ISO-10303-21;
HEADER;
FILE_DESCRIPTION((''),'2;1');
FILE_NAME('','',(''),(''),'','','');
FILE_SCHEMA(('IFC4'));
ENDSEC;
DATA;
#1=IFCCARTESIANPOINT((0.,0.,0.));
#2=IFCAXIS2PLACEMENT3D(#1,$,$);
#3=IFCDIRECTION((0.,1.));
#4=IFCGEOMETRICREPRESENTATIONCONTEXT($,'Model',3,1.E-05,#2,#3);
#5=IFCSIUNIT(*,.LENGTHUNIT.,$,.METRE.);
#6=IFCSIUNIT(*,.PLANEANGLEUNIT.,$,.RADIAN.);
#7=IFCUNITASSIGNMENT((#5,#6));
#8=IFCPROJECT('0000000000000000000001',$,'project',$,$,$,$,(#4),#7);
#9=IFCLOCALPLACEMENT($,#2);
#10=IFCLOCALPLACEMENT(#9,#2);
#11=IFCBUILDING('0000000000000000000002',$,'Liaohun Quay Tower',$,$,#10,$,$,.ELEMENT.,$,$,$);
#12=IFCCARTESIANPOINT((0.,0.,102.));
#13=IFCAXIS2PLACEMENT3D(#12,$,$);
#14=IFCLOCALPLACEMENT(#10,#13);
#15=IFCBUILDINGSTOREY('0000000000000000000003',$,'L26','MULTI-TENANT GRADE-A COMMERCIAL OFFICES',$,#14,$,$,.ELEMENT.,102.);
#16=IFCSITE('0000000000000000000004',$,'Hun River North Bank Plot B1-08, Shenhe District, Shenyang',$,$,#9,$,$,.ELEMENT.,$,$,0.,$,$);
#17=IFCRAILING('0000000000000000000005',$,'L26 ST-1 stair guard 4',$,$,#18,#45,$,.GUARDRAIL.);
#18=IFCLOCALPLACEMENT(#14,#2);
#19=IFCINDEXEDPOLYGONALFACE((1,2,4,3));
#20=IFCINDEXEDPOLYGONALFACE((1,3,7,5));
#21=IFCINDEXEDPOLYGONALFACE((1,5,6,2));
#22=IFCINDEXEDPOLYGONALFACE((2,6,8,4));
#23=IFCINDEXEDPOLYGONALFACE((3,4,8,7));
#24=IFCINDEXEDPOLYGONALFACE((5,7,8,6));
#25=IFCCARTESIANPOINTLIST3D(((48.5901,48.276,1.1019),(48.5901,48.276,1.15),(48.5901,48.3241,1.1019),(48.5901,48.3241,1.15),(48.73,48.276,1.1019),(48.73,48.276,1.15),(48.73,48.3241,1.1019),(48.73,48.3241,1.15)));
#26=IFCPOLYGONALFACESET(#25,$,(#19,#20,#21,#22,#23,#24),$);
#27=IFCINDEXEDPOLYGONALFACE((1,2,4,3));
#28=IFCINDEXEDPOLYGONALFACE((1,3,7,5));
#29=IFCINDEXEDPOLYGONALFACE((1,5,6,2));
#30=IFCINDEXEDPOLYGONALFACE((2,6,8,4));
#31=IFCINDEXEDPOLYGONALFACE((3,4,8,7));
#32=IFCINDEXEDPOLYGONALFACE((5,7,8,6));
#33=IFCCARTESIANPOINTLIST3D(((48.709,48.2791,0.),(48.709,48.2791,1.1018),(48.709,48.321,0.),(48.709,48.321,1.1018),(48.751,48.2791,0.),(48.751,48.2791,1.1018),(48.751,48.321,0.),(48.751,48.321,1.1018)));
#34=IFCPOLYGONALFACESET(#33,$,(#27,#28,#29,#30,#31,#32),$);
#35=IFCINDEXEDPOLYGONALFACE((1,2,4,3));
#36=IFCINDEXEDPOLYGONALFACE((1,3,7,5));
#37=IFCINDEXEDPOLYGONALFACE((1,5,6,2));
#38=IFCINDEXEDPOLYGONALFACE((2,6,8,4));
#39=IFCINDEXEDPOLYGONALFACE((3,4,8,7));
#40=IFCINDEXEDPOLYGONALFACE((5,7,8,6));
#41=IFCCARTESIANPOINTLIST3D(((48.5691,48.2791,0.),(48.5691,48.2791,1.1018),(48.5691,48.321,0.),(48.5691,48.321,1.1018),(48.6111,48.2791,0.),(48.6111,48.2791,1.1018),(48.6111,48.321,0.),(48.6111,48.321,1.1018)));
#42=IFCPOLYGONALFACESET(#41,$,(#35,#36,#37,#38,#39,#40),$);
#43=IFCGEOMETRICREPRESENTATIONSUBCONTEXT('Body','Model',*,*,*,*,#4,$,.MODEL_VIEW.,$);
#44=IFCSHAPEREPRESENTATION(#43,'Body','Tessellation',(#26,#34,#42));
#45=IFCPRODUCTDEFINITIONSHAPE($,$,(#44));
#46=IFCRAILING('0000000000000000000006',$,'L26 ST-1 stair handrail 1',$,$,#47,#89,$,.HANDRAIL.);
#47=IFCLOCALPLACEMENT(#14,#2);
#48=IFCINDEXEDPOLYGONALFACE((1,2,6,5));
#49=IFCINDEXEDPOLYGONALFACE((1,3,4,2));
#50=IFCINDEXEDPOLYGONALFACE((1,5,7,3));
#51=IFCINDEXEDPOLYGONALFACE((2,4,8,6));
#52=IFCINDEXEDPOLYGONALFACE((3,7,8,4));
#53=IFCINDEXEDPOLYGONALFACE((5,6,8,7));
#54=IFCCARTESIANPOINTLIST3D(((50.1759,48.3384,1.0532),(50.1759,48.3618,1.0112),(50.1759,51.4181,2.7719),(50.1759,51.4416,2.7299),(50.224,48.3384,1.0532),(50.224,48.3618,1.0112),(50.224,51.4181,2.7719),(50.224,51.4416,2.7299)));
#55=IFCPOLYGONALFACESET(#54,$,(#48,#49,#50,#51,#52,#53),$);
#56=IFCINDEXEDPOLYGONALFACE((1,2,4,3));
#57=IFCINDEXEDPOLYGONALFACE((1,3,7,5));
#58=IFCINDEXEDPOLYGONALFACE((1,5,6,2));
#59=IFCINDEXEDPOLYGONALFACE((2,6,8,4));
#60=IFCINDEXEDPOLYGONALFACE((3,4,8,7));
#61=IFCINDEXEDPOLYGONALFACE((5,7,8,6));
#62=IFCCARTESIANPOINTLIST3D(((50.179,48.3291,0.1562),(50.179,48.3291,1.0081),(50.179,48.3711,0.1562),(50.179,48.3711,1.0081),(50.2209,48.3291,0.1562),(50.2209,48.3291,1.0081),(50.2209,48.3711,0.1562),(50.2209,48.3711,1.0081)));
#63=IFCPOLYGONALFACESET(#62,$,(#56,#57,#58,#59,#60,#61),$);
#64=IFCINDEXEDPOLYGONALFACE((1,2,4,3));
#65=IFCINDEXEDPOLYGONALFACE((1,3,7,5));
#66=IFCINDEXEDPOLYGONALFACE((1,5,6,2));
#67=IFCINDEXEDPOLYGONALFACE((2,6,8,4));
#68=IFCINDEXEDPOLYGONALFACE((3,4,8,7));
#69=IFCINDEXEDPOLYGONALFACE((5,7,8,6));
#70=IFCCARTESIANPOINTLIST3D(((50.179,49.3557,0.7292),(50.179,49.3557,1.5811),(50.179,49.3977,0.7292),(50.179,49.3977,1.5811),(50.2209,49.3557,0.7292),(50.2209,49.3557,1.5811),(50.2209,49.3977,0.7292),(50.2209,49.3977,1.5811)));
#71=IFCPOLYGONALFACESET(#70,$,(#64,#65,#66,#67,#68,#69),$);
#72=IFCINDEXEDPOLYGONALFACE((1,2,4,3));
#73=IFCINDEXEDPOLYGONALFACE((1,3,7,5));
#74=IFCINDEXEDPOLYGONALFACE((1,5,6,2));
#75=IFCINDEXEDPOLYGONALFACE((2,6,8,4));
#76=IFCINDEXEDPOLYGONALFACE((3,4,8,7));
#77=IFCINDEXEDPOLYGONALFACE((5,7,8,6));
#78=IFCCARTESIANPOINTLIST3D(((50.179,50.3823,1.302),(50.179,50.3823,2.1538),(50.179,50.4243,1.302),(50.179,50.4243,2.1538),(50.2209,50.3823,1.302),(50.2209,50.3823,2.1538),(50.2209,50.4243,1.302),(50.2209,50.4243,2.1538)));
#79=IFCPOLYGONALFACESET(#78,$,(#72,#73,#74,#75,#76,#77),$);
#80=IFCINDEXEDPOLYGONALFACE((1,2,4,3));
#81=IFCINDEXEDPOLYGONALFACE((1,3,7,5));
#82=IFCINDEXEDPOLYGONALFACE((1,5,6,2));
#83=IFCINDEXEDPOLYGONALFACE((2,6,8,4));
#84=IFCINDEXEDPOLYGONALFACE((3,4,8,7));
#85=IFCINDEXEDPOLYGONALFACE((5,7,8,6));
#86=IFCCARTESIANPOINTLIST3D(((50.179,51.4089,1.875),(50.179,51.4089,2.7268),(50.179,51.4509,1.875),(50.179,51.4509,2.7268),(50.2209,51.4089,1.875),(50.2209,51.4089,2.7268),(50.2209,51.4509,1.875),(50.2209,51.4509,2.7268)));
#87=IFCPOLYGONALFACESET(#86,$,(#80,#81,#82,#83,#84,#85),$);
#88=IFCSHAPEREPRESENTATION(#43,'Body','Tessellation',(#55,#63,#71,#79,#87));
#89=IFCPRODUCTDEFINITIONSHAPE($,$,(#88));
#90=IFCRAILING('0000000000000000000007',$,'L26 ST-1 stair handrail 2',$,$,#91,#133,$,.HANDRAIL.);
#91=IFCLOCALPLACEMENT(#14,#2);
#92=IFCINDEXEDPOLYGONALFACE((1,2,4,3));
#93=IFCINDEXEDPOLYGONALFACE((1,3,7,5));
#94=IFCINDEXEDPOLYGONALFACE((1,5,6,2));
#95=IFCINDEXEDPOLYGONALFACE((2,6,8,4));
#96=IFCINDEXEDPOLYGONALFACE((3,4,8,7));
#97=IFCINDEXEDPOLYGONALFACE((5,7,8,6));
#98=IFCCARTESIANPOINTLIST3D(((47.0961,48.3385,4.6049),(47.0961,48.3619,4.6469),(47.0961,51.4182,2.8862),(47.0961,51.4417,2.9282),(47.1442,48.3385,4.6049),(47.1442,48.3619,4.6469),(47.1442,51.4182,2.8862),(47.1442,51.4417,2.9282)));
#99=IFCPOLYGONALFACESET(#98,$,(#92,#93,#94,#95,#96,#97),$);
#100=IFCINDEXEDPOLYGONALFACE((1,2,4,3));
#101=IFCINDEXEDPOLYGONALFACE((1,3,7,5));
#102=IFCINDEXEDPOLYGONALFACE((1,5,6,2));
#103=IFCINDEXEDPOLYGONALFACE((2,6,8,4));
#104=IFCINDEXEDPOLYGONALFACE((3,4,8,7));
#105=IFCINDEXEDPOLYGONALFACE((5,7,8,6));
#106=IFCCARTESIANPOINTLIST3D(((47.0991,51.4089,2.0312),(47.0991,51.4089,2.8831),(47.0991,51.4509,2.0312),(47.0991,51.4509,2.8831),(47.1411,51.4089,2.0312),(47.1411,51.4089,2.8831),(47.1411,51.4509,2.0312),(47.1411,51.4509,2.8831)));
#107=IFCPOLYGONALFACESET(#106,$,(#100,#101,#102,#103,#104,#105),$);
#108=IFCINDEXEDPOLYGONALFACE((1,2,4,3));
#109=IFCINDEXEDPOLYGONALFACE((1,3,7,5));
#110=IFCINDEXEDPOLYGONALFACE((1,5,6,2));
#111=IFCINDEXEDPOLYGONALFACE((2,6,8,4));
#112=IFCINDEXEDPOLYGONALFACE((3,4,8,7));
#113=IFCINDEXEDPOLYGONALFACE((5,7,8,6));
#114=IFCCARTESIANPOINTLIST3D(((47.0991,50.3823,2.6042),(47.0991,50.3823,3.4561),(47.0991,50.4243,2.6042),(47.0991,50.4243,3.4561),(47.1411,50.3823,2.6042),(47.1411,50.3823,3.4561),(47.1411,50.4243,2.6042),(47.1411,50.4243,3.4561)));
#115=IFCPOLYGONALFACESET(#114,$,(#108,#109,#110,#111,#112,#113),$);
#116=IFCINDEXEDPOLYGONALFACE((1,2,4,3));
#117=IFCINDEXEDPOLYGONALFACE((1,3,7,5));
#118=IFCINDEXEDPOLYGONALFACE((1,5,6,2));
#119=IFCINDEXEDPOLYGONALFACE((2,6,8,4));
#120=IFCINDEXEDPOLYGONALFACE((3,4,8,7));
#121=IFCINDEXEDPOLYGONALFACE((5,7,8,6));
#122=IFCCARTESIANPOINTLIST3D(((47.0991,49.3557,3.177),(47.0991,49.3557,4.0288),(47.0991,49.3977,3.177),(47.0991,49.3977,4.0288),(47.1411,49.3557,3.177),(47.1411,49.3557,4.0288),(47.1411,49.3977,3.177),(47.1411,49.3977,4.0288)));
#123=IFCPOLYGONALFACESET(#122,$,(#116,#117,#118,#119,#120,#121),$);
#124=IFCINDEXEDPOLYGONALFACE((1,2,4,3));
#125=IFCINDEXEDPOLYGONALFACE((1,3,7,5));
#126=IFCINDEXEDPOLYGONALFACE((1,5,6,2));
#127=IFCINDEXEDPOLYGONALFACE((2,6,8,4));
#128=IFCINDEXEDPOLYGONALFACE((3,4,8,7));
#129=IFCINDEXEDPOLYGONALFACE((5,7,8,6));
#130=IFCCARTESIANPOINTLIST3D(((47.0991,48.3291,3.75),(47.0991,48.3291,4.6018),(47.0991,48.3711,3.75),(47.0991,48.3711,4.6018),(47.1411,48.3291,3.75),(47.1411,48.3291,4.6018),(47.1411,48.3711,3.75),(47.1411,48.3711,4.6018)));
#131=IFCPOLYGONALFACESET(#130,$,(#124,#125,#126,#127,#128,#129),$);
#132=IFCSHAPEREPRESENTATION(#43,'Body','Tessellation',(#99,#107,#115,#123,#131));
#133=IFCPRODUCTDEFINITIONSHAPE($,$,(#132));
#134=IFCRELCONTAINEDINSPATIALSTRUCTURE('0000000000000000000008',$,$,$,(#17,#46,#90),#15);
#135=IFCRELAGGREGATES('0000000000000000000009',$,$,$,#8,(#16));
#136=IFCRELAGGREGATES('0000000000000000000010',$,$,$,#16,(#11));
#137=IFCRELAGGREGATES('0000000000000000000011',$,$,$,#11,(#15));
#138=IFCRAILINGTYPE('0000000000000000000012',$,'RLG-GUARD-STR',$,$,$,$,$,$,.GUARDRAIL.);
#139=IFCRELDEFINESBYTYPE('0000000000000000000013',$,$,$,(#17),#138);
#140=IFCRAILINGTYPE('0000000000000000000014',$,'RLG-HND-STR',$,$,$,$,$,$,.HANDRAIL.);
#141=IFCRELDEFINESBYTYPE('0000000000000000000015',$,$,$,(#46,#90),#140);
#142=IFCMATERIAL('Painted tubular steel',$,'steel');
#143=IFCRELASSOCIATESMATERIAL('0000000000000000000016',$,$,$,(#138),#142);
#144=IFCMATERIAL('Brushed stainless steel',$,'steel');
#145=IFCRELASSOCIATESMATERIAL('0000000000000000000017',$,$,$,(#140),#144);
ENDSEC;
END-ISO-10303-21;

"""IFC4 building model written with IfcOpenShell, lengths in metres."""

from ifc_helpers import new_model, si_unit, direction, frame, origin, origin_2d, place, context, subcontext, project, spatial, rectangle, extrude, material, type_object, element, save


model = new_model("IFC4")

# Units and contexts
model_context = context("Model", 3, precision=1e-05, world=origin(), true_north=direction((0.0, 1.0)))
body_context = subcontext(model_context, "Body", "Model", "MODEL_VIEW")
ifc_project = project(units=[si_unit("LENGTHUNIT", "METRE"), si_unit("PLANEANGLEUNIT", "RADIAN")], contexts=[model_context])

# Site, building, storey
site_placement = place(None, origin())
site = spatial("IfcSite", under=ifc_project, at=site_placement, Name="Hun River North Bank Plot B1-08, Shenhe District, Shenyang", CompositionType="ELEMENT", RefElevation=0.0)
building_placement = place(site_placement, origin())
building = spatial("IfcBuilding", under=site, at=building_placement, Name="Liaohun Quay Tower", CompositionType="ELEMENT")
storey_placement = place(building_placement, frame((0.0, 0.0, 102.0)))
storey = spatial("IfcBuildingStorey", under=building, at=storey_placement, Name="L26", Description="MULTI-TENANT GRADE-A COMMERCIAL OFFICES", CompositionType="ELEMENT", Elevation=102.0)

# Railings
ifc_material_1 = material(Name="Painted tubular steel", Category="steel")
railing_type_1 = type_object("IfcRailingType", Name="RLG-GUARD-STR", PredefinedType="GUARDRAIL", material=ifc_material_1)
railing_1_placement = place(storey_placement, frame((48.73, 48.3, 0.0)))
element("IfcRailing", 1, at=railing_1_placement, inside=storey, type_object=railing_type_1, Name="L26 ST-1 stair guard 4", PredefinedType="GUARDRAIL", context=body_context, shape_type="SweptSolid", body=[
    extrude(rectangle(XDim=0.0481, YDim=0.0481, at=origin_2d()), frame((0.0, 0.0, 1.126), z_axis=(-1.0, 0.0, 0.0), x_axis=(0.0, -1.0, 0.0)), (0.0, 0.0, 1.0), 0.1399),
    extrude(rectangle(XDim=0.042, YDim=0.042, at=origin_2d()), origin(), (0.0, 0.0, 1.0), 1.1018),
    extrude(rectangle(XDim=0.042, YDim=0.042, at=origin_2d()), frame((-0.1399, 0.0, 0.0)), (0.0, 0.0, 1.0), 1.1018),
])
ifc_material_2 = material(Name="Brushed stainless steel", Category="steel")
railing_type_2 = type_object("IfcRailingType", Name="RLG-HND-STR", PredefinedType="HANDRAIL", material=ifc_material_2)
railing_2_placement = place(storey_placement, frame((50.2, 48.3501, 0.1562)))
element("IfcRailing", 2, at=railing_2_placement, inside=storey, type_object=railing_type_2, Name="L26 ST-1 stair handrail 1", PredefinedType="HANDRAIL", context=body_context, shape_type="SweptSolid", body=[
    extrude(rectangle(XDim=0.0481, YDim=0.0481, at=origin_2d()), frame((0.0, 0.0, 0.876), z_axis=(0.0, 0.873225, 0.487317), x_axis=(-1.0, 0.0, 0.0)), (0.0, 0.0, 1.0), 3.5269),
    extrude(rectangle(XDim=0.042, YDim=0.042, at=origin_2d()), origin(), (0.0, 0.0, 1.0), 0.8518),
    extrude(rectangle(XDim=0.042, YDim=0.042, at=origin_2d()), frame((0.0, 1.0266, 0.573)), (0.0, 0.0, 1.0), 0.8518),
    extrude(rectangle(XDim=0.042, YDim=0.042, at=origin_2d()), frame((0.0, 2.0532, 1.1458)), (0.0, 0.0, 1.0), 0.8518),
    extrude(rectangle(XDim=0.042, YDim=0.042, at=origin_2d()), frame((0.0, 3.0798, 1.7188)), (0.0, 0.0, 1.0), 0.8518),
])
railing_3_placement = place(storey_placement, frame((47.1201, 51.4299, 2.0312)))
element("IfcRailing", 3, at=railing_3_placement, inside=storey, type_object=railing_type_2, Name="L26 ST-1 stair handrail 2", PredefinedType="HANDRAIL", context=body_context, shape_type="SweptSolid", body=[
    extrude(rectangle(XDim=0.0481, YDim=0.0481, at=origin_2d()), frame((0.0, 0.0, 0.876), z_axis=(0.0, -0.873225, 0.487317), x_axis=(1.0, 0.0, 0.0)), (0.0, 0.0, 1.0), 3.5269),
    extrude(rectangle(XDim=0.042, YDim=0.042, at=origin_2d()), origin(), (0.0, 0.0, 1.0), 0.8518),
    extrude(rectangle(XDim=0.042, YDim=0.042, at=origin_2d()), frame((0.0, -1.0266, 0.573)), (0.0, 0.0, 1.0), 0.8518),
    extrude(rectangle(XDim=0.042, YDim=0.042, at=origin_2d()), frame((0.0, -2.0532, 1.1458)), (0.0, 0.0, 1.0), 0.8518),
    extrude(rectangle(XDim=0.042, YDim=0.042, at=origin_2d()), frame((0.0, -3.0798, 1.7188)), (0.0, 0.0, 1.0), 0.8518),
])

save(model, "model.ifc")
